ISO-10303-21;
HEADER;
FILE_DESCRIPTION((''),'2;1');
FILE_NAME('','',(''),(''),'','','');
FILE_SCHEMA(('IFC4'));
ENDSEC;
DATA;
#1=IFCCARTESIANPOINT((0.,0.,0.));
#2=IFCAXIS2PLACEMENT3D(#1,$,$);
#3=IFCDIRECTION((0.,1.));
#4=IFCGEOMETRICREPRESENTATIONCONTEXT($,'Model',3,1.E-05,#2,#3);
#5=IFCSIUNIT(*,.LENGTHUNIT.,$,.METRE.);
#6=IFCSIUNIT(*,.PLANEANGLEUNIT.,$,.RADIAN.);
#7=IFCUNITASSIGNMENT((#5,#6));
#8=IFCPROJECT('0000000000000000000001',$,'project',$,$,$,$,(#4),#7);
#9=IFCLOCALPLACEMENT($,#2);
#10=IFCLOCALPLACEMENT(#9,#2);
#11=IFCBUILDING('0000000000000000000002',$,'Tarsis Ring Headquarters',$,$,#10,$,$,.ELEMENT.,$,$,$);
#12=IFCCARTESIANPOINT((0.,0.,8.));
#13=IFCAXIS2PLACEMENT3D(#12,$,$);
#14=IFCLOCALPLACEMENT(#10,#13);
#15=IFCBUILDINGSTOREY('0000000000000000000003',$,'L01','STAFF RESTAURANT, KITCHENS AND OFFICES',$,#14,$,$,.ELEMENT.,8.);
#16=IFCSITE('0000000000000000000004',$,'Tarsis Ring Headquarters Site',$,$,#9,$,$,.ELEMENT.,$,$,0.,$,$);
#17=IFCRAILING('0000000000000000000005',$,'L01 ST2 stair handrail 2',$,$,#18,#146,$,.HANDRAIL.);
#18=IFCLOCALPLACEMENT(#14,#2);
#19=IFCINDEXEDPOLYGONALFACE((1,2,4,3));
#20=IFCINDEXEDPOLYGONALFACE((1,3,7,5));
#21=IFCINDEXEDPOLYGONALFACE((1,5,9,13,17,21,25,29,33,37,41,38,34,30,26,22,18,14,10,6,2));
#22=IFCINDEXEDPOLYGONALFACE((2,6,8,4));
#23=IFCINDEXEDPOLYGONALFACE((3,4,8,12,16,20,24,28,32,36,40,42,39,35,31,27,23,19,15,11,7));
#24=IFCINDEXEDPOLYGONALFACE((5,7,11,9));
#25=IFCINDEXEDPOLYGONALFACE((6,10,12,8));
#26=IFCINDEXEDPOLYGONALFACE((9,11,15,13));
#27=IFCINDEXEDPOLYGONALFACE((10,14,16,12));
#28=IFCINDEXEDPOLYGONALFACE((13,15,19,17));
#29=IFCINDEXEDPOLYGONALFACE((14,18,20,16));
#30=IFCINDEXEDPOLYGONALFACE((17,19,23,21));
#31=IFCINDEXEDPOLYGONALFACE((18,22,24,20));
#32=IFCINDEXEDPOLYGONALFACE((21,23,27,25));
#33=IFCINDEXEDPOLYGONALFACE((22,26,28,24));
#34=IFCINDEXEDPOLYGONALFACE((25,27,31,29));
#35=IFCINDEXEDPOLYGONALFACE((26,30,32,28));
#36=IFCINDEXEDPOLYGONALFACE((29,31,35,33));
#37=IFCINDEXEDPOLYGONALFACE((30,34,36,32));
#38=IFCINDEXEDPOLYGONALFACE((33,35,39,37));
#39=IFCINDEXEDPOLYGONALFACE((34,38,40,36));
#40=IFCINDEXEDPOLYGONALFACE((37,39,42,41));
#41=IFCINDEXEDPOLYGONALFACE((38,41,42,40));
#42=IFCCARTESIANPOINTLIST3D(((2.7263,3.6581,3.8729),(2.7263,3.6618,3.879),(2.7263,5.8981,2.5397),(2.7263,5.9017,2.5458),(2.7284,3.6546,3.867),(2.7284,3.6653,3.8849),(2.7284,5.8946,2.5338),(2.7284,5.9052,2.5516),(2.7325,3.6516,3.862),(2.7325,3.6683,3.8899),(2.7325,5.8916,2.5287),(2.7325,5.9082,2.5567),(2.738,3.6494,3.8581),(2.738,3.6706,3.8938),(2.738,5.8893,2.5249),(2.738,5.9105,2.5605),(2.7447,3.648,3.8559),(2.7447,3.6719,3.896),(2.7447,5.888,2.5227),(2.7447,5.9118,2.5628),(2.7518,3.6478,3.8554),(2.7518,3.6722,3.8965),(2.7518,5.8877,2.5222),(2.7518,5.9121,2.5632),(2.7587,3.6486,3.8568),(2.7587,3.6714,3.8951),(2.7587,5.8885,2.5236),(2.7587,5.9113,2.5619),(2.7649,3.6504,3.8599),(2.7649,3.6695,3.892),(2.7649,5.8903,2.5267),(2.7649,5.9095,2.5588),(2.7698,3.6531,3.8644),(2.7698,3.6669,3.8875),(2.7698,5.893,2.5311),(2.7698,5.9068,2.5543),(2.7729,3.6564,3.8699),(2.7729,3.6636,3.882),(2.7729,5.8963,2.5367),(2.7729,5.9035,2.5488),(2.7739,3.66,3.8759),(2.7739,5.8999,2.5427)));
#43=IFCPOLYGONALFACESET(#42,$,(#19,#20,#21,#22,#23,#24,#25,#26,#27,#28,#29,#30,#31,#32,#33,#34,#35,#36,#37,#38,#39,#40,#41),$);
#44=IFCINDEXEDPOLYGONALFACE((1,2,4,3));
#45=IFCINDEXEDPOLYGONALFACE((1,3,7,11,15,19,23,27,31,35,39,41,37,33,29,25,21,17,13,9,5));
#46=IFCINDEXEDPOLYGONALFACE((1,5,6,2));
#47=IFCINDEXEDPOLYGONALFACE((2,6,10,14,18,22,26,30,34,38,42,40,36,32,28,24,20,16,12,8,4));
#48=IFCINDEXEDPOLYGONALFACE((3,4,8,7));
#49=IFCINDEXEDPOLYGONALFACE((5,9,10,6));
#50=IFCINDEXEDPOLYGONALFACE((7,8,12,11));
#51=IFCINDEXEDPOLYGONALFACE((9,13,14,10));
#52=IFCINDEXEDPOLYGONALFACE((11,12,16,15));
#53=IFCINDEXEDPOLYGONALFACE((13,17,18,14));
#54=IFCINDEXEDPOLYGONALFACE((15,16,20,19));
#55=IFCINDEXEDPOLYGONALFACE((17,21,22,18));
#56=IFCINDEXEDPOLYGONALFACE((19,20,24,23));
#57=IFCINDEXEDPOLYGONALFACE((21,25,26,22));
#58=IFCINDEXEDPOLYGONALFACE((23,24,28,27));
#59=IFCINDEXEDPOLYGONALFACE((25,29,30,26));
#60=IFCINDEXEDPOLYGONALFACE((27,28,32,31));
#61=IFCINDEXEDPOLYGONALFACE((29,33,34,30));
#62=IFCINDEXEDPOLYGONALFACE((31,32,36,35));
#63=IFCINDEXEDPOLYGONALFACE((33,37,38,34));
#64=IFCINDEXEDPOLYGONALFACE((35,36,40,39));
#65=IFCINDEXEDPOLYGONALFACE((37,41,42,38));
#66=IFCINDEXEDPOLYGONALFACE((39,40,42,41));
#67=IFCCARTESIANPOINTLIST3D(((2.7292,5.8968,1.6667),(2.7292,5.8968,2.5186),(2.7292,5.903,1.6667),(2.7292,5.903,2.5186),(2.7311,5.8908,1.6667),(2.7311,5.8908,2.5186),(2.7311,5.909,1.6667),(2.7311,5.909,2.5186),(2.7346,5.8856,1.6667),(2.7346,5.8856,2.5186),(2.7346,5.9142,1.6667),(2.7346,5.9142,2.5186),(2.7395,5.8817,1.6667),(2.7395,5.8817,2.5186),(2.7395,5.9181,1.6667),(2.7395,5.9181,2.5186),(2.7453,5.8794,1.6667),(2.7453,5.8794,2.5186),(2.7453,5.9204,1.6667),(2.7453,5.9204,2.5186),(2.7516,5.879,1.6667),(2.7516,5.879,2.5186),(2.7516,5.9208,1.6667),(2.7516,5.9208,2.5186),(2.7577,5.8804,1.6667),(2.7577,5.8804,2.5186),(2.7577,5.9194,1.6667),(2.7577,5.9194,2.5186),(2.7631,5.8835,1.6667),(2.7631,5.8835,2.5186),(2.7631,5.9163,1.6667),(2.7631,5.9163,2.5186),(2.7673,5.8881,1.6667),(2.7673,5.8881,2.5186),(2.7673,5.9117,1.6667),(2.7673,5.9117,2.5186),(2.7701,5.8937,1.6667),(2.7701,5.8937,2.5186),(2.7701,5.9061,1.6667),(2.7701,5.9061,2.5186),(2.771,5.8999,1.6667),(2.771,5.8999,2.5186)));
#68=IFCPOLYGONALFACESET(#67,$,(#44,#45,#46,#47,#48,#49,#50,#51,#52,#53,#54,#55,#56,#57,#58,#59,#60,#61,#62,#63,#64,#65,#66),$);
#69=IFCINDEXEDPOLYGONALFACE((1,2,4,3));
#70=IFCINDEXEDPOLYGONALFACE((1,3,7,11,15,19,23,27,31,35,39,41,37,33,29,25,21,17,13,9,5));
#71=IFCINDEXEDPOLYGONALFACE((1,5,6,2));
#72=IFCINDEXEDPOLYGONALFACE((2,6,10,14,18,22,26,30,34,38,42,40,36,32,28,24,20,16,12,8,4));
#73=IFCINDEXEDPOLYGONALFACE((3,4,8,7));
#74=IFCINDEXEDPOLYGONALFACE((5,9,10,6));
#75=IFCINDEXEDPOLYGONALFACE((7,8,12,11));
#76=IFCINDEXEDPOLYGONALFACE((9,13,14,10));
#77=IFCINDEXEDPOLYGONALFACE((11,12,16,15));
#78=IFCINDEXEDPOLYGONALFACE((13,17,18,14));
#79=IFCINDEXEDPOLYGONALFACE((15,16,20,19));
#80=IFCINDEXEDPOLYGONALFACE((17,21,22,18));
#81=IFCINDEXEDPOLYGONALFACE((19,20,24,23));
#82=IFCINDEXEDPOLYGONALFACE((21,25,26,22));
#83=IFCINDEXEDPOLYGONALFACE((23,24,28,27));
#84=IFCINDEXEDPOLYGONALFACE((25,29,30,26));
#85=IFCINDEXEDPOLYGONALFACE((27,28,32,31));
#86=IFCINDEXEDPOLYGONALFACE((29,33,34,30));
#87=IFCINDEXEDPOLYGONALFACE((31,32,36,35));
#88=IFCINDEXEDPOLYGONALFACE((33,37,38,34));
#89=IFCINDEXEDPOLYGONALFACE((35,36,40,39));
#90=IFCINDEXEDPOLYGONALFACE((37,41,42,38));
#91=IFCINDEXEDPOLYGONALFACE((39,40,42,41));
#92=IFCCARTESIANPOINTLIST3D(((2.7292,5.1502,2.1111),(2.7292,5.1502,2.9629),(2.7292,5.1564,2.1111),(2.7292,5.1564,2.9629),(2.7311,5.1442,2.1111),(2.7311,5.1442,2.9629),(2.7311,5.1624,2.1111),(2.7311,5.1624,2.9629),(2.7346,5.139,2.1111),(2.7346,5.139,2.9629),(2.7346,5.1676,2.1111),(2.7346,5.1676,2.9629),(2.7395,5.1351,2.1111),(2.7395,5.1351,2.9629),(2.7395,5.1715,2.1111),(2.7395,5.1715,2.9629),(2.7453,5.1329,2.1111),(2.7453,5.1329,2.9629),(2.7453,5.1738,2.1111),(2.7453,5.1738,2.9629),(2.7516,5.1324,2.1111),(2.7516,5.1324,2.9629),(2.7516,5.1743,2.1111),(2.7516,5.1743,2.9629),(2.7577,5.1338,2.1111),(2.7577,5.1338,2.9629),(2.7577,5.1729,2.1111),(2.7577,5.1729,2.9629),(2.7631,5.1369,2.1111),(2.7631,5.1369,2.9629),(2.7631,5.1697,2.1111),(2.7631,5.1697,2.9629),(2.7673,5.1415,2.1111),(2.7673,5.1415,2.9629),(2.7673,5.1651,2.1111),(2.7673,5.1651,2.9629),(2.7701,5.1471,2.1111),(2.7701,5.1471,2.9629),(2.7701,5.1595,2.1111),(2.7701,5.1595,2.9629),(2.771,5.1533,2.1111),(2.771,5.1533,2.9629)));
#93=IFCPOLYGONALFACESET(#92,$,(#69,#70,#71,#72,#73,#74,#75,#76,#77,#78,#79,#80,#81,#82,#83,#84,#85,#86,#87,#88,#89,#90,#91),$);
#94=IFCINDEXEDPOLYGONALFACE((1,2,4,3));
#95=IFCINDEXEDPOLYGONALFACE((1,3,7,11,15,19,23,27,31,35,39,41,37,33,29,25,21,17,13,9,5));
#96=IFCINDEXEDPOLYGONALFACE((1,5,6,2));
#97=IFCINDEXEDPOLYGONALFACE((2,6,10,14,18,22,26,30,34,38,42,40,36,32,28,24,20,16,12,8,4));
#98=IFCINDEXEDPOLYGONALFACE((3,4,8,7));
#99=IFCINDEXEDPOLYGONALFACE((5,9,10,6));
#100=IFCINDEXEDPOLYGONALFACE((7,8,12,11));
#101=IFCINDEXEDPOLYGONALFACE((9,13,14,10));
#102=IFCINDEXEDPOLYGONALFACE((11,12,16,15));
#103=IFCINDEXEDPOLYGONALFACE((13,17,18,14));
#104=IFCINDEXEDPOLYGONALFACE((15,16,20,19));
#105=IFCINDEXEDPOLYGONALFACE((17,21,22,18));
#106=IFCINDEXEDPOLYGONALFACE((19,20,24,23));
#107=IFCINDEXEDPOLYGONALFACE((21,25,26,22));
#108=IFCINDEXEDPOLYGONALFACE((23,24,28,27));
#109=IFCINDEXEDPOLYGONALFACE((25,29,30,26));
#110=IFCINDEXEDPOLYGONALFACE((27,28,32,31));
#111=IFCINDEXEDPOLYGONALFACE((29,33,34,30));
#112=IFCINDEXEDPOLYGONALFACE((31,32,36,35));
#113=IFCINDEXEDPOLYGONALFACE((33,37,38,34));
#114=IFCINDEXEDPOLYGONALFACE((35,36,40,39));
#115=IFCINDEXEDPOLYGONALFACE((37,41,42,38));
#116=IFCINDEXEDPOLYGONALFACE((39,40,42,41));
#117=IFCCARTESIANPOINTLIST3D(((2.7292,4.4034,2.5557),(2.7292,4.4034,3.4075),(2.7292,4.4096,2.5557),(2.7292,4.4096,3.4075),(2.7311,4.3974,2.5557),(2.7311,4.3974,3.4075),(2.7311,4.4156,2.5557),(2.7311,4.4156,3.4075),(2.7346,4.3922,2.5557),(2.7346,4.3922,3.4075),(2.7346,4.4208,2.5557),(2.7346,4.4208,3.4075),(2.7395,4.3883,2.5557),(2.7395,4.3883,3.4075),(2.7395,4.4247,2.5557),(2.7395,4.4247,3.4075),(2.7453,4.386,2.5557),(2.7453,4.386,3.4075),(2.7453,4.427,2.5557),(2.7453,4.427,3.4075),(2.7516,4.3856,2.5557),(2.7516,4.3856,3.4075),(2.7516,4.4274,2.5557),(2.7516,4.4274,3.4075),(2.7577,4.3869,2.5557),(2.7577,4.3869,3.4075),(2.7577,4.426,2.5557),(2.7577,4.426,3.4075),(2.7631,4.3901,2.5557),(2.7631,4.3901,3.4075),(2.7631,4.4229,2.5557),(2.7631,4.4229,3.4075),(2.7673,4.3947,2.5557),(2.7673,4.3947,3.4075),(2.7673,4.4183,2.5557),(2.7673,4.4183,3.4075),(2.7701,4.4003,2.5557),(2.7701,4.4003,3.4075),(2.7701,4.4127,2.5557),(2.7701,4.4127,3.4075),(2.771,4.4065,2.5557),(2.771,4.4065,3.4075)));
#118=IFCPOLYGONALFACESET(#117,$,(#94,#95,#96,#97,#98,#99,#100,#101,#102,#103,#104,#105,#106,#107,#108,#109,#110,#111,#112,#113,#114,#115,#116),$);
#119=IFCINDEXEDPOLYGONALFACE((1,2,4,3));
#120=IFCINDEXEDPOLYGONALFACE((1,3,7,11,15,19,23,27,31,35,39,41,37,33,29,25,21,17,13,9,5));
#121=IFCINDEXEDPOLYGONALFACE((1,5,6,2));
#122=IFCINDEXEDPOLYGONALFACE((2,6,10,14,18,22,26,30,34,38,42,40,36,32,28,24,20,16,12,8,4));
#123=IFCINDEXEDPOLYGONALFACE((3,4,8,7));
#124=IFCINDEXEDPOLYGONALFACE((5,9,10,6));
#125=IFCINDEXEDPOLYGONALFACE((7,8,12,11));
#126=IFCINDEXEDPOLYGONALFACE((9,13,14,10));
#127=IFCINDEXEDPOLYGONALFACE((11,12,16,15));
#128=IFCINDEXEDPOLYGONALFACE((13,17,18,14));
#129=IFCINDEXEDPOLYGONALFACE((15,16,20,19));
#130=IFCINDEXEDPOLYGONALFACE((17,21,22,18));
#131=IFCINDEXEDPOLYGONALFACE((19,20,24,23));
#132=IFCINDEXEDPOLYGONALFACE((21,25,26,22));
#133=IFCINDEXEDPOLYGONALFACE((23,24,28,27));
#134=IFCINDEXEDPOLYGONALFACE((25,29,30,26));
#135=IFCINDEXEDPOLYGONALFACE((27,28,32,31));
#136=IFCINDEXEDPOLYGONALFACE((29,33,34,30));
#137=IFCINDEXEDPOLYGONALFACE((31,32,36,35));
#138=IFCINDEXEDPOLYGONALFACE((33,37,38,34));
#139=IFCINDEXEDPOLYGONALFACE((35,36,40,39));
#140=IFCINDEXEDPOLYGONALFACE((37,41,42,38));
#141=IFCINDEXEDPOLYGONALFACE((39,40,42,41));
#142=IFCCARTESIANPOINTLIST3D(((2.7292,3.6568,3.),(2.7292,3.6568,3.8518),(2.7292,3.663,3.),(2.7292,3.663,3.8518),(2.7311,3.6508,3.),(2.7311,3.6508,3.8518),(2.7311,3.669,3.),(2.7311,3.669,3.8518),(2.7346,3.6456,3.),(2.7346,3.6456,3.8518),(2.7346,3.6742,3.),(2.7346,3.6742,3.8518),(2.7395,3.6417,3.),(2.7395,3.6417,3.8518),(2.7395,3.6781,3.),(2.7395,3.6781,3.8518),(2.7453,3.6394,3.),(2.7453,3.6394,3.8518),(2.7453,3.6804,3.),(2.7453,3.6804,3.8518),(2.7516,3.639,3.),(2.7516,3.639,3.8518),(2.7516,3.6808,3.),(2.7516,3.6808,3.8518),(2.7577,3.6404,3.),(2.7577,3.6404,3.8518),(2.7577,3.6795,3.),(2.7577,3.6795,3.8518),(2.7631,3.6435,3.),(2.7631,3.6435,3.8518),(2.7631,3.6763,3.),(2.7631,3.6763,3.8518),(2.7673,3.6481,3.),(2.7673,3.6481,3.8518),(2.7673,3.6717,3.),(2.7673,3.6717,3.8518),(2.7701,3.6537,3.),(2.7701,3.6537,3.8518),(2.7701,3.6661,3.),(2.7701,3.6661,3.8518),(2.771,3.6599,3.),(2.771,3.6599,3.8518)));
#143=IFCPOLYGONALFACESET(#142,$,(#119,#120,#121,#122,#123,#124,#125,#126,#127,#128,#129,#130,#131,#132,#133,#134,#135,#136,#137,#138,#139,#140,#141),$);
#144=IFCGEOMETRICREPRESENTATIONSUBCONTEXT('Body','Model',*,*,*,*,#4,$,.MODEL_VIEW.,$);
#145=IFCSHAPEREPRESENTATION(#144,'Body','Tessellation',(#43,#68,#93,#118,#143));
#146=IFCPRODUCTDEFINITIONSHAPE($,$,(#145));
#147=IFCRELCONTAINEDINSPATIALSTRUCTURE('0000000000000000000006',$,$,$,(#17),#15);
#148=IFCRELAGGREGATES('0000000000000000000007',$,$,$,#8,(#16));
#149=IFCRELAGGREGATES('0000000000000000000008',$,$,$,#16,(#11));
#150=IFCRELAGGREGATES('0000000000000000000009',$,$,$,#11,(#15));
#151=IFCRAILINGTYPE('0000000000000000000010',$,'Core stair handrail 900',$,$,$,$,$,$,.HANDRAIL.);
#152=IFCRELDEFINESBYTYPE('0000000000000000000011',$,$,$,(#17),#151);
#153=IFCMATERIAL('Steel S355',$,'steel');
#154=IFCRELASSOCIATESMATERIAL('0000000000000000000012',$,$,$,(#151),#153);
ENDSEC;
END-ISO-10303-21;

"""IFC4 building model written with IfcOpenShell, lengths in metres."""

from ifc_helpers import new_model, si_unit, direction, frame, origin, origin_2d, place, context, subcontext, project, spatial, circle, extrude, material, type_object, element, save


model = new_model("IFC4")

# Units and contexts
model_context = context("Model", 3, precision=1e-05, world=origin(), true_north=direction((0.0, 1.0)))
body_context = subcontext(model_context, "Body", "Model", "MODEL_VIEW")
ifc_project = project(units=[si_unit("LENGTHUNIT", "METRE"), si_unit("PLANEANGLEUNIT", "RADIAN")], contexts=[model_context])

# Site, building, storey
site_placement = place(None, origin())
site = spatial("IfcSite", under=ifc_project, at=site_placement, Name="Tarsis Ring Headquarters Site", CompositionType="ELEMENT", RefElevation=0.0)
building_placement = place(site_placement, origin())
building = spatial("IfcBuilding", under=site, at=building_placement, Name="Tarsis Ring Headquarters", CompositionType="ELEMENT")
storey_placement = place(building_placement, frame((0.0, 0.0, 8.0)))
storey = spatial("IfcBuildingStorey", under=building, at=storey_placement, Name="L01", Description="STAFF RESTAURANT, KITCHENS AND OFFICES", CompositionType="ELEMENT", Elevation=8.0)

# Railing
ifc_material_1 = material(Name="Steel S355", Category="steel")
railing_type_1 = type_object("IfcRailingType", Name="Core stair handrail 900", PredefinedType="HANDRAIL", material=ifc_material_1)
railing_1_placement = place(storey_placement, frame((2.75, 5.8999, 1.6667)))
element("IfcRailing", 1, at=railing_1_placement, inside=storey, type_object=railing_type_1, Name="L01 ST2 stair handrail 2", PredefinedType="HANDRAIL", context=body_context, shape_type="SweptSolid", body=[
    extrude(circle(Radius=0.0239, at=origin_2d()), frame((0.0, 0.0, 0.876), z_axis=(0.0, -0.859306, 0.511462), x_axis=(1.0, 0.0, 0.0)), (0.0, 0.0, 1.0), 2.6067),
    extrude(circle(Radius=0.021, at=origin_2d()), origin(), (0.0, 0.0, 1.0), 0.8518),
    extrude(circle(Radius=0.021, at=origin_2d()), frame((0.0, -0.7466, 0.4443)), (0.0, 0.0, 1.0), 0.8518),
    extrude(circle(Radius=0.021, at=origin_2d()), frame((0.0, -1.4934, 0.8889)), (0.0, 0.0, 1.0), 0.8518),
    extrude(circle(Radius=0.021, at=origin_2d()), frame((0.0, -2.24, 1.3333)), (0.0, 0.0, 1.0), 0.8518),
])

save(model, "model.ifc")
